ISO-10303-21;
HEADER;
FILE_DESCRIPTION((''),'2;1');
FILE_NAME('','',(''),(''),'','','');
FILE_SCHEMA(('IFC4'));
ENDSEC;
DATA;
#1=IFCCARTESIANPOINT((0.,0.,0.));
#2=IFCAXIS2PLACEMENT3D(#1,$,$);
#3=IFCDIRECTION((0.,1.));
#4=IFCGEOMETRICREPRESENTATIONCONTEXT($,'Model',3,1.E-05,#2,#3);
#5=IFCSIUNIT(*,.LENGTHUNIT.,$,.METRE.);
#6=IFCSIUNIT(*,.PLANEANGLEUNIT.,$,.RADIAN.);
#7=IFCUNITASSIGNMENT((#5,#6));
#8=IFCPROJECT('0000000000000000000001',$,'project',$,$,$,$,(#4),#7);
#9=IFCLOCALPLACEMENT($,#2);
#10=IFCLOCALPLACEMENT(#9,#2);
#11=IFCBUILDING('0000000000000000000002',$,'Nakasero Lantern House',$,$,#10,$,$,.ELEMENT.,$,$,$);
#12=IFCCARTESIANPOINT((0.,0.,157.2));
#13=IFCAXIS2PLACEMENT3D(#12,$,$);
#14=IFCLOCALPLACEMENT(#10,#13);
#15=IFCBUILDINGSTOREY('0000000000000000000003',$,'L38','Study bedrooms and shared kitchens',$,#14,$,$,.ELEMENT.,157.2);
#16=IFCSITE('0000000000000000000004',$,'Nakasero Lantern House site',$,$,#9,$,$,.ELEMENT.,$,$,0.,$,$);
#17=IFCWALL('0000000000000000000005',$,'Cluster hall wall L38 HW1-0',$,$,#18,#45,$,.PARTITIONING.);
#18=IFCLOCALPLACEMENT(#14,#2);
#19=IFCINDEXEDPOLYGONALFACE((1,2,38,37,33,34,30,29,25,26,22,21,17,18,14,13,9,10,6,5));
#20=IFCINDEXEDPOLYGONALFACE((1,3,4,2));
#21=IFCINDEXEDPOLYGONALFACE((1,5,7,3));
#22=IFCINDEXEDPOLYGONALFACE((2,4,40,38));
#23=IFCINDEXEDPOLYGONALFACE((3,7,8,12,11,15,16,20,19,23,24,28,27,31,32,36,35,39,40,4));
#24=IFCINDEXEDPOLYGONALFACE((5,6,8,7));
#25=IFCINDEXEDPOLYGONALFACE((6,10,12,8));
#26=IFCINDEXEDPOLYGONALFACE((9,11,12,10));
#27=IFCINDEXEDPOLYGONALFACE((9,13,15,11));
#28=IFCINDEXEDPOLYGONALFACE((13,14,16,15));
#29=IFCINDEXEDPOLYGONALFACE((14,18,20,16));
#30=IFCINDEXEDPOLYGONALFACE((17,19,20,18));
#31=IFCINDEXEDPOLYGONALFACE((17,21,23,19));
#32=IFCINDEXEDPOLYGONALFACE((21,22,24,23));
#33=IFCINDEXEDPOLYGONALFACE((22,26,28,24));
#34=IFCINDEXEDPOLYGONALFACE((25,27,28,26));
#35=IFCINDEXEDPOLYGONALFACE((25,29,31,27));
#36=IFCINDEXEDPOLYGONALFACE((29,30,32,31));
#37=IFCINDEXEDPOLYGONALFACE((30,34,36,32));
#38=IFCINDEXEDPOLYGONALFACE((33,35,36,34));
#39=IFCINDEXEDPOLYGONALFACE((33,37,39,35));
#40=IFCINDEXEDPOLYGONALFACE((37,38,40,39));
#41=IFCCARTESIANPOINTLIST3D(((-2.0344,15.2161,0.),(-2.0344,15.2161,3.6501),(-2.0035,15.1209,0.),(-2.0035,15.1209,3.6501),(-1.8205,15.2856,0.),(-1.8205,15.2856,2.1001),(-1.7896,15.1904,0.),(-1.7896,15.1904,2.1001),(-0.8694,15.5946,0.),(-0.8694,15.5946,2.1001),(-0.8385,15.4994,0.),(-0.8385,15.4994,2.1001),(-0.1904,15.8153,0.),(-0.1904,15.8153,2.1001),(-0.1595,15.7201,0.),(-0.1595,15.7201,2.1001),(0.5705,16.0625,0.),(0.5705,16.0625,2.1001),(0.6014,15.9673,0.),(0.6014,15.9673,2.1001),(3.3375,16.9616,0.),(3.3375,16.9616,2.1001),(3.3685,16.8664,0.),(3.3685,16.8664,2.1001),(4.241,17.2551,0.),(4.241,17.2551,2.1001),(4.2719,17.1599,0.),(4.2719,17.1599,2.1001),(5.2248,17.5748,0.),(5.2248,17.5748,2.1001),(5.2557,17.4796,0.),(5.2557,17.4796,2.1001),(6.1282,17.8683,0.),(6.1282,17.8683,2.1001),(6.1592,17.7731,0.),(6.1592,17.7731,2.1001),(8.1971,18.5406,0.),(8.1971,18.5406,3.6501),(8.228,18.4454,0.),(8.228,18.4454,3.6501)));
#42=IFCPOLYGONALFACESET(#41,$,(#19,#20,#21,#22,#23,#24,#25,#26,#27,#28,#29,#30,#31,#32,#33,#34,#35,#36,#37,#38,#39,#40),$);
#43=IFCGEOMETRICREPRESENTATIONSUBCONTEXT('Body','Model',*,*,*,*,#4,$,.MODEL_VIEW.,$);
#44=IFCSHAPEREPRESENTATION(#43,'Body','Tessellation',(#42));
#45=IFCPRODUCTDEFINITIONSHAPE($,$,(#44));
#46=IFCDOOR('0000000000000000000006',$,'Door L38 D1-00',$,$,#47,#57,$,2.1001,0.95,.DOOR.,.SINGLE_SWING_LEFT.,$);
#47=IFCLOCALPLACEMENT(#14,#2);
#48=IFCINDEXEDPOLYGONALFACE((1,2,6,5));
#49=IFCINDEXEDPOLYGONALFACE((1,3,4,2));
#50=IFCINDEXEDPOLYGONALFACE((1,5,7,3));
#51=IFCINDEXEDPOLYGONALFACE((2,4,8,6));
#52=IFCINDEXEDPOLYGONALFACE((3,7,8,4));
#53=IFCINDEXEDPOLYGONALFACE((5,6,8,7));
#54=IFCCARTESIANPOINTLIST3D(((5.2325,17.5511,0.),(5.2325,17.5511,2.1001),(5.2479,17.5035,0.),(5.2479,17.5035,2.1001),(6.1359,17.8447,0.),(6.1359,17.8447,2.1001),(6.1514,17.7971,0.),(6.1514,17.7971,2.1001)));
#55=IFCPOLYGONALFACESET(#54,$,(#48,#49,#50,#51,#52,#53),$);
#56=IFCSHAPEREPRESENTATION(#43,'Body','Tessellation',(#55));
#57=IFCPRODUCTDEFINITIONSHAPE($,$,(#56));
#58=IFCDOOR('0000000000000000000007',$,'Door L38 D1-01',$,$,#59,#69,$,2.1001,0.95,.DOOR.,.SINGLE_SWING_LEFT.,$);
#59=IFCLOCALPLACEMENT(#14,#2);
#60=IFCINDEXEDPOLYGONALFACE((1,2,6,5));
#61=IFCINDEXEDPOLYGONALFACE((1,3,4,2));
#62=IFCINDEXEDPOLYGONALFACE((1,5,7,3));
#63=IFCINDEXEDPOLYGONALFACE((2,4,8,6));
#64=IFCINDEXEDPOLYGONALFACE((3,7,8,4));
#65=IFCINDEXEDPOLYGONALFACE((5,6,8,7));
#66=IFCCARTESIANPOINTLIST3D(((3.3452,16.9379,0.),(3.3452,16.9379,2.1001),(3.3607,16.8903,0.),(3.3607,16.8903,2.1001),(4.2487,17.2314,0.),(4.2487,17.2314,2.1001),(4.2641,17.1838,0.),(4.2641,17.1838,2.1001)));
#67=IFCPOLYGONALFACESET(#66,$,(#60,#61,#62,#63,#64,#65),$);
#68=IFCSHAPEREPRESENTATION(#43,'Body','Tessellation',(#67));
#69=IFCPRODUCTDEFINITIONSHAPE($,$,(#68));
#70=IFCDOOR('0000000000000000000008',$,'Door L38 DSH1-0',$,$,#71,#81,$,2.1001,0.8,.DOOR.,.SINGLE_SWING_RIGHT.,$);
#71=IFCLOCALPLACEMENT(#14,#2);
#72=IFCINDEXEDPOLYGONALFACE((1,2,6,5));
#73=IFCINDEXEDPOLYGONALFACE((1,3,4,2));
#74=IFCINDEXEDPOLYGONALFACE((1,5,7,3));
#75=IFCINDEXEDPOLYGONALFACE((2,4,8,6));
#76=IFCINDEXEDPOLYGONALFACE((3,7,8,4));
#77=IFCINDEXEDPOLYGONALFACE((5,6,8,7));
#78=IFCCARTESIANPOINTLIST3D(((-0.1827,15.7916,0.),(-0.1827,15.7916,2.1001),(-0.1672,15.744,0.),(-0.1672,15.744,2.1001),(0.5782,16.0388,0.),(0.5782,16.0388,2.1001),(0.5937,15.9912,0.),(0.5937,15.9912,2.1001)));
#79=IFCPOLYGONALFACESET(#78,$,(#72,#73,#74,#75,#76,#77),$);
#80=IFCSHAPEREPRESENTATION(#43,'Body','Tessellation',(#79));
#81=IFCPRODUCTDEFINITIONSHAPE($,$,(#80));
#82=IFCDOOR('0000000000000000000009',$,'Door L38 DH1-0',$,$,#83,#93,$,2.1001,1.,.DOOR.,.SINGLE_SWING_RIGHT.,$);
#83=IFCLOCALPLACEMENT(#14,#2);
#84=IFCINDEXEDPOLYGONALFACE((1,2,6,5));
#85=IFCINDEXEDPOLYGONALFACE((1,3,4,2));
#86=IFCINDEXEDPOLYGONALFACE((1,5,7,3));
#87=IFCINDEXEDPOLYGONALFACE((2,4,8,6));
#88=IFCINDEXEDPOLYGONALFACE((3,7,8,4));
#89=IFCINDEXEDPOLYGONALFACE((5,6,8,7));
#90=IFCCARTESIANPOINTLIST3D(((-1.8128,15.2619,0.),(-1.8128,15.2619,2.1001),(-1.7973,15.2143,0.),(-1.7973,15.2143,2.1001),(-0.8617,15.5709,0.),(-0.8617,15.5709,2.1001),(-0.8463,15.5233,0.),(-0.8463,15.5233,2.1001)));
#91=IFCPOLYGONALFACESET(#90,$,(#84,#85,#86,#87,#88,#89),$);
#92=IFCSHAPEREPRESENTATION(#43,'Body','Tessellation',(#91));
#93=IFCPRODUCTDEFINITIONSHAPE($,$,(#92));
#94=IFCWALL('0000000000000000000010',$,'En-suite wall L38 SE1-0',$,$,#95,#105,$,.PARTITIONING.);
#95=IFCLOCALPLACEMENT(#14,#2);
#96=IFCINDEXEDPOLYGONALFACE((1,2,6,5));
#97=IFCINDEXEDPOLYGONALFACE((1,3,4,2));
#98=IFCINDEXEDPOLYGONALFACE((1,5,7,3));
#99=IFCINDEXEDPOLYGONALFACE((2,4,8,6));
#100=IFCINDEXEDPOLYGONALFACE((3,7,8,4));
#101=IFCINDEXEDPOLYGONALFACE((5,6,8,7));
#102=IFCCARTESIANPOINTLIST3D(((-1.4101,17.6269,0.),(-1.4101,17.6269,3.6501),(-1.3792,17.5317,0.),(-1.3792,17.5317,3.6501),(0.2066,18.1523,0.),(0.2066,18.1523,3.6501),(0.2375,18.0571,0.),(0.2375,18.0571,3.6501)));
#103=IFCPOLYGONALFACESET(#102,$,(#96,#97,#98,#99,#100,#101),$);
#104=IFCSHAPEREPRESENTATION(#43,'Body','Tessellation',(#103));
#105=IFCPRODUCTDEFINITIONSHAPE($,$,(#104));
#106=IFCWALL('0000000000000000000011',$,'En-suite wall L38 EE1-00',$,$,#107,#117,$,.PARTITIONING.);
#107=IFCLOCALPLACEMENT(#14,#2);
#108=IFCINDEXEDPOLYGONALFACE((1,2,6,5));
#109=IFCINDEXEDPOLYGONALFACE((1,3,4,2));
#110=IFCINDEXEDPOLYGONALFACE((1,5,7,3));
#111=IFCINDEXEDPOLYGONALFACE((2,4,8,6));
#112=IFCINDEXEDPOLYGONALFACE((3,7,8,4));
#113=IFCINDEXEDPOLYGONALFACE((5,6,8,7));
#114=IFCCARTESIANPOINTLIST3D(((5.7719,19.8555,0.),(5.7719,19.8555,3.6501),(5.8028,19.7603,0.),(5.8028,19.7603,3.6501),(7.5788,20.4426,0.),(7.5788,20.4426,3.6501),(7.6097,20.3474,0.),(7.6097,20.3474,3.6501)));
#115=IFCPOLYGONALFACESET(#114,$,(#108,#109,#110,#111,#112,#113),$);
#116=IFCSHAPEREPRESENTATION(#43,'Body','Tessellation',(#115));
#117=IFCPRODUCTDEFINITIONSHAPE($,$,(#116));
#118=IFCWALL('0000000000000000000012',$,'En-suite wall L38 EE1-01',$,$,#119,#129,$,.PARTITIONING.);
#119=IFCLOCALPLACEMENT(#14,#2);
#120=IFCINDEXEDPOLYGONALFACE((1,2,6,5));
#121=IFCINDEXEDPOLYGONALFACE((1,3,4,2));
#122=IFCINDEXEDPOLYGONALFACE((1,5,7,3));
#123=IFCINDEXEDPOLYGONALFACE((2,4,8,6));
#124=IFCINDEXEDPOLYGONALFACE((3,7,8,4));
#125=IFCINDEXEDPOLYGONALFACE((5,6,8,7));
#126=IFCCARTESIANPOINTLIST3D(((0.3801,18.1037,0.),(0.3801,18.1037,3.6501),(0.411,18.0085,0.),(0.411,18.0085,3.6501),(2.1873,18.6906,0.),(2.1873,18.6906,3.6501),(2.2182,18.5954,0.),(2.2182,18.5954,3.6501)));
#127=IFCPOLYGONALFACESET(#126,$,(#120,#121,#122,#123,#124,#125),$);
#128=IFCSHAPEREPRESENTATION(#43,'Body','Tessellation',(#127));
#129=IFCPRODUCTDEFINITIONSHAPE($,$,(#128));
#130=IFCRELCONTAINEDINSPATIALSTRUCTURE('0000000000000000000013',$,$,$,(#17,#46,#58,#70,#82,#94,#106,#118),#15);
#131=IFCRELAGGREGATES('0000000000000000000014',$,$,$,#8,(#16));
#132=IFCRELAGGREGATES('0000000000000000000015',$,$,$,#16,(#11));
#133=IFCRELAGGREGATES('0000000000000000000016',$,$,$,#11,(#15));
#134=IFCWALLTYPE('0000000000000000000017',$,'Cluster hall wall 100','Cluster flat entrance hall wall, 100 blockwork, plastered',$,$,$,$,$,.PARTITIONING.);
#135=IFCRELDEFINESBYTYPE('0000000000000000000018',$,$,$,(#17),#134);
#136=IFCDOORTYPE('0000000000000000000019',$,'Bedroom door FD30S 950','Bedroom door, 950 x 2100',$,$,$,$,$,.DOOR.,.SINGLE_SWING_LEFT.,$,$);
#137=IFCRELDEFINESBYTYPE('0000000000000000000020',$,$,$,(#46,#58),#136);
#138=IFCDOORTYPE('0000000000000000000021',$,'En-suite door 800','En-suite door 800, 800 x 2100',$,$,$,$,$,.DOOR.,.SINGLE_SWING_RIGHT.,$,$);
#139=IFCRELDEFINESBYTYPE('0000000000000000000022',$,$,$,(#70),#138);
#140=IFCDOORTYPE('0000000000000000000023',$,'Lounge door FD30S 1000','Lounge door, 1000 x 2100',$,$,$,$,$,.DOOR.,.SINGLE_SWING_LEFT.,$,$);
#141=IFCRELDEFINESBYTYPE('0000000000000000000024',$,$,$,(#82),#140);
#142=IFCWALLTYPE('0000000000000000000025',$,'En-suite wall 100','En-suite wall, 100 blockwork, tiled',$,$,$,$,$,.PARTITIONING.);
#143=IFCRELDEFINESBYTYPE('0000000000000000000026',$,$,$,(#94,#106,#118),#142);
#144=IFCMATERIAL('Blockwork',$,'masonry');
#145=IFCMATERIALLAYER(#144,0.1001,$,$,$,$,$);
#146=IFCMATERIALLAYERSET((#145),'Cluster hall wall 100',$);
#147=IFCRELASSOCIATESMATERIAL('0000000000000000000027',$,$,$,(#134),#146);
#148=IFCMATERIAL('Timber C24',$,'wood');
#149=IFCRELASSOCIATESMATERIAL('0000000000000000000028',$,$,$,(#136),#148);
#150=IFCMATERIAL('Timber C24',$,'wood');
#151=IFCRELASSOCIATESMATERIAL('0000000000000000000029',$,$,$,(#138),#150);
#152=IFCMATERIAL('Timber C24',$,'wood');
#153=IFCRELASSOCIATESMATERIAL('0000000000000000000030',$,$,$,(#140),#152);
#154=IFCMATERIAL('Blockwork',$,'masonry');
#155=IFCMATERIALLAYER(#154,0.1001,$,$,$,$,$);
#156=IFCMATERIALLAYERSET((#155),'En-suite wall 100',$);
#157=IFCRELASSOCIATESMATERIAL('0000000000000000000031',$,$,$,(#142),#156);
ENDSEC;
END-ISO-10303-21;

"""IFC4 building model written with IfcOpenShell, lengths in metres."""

from ifc_helpers import new_model, si_unit, direction, frame, frame_2d, origin, place, context, subcontext, project, spatial, rectangle, extrude, material, layer, layer_set, type_object, element, fill, save


model = new_model("IFC4")

# Units and contexts
model_context = context("Model", 3, precision=1e-05, world=origin(), true_north=direction((0.0, 1.0)))
body_context = subcontext(model_context, "Body", "Model", "MODEL_VIEW")
ifc_project = project(units=[si_unit("LENGTHUNIT", "METRE"), si_unit("PLANEANGLEUNIT", "RADIAN")], contexts=[model_context])

# Site, building, storey
site_placement = place(None, origin())
site = spatial("IfcSite", under=ifc_project, at=site_placement, Name="Nakasero Lantern House site", CompositionType="ELEMENT", RefElevation=0.0)
building_placement = place(site_placement, origin())
building = spatial("IfcBuilding", under=site, at=building_placement, Name="Nakasero Lantern House", CompositionType="ELEMENT")
storey_placement = place(building_placement, frame((0.0, 0.0, 157.2)))
storey = spatial("IfcBuildingStorey", under=building, at=storey_placement, Name="L38", Description="Study bedrooms and shared kitchens", CompositionType="ELEMENT", Elevation=157.2)

# Wall, openings, doors
ifc_material_1 = material(Name="Blockwork", Category="masonry")
ifc_layer_1 = layer(ifc_material_1, 0.1001)
ifc_layer_set_1 = layer_set([ifc_layer_1], Name="Cluster hall wall 100")
wall_type_1 = type_object("IfcWallType", Name="Cluster hall wall 100", Description="Cluster flat entrance hall wall, 100 blockwork, plastered", PredefinedType="PARTITIONING", material=ifc_layer_set_1)
wall_1_placement = place(storey_placement, frame((8.2124, 18.4929, 0.0), z_axis=(0.0, 0.0, 1.0), x_axis=(-0.951055, -0.309022, 0.0)))
wall_1 = element("IfcWall", 1, at=wall_1_placement, inside=storey, type_object=wall_type_1, Name="Cluster hall wall L38 HW1-0", PredefinedType="PARTITIONING", context=body_context, shape_type="SweptSolid", body=[
    extrude(rectangle(XDim=10.7581, YDim=0.1001, at=frame_2d((5.3789, 0.0))), origin(), (0.0, 0.0, 1.0), 3.6501),
])
opening_1_placement = place(wall_1_placement, frame((9.533, 0.0, 0.0)))
opening_1 = element("IfcOpeningElement", 2, at=opening_1_placement, cuts=wall_1, PredefinedType="OPENING", context=body_context, shape_type="SweptSolid", body=[
    extrude(rectangle(XDim=1.0, YDim=2.1001, at=frame_2d((0.5, 1.05))), frame((0.0, 0.0701, 0.0), z_axis=(0.0, -1.0, 0.0), x_axis=(1.0, 0.0, 0.0)), (0.0, 0.0, 1.0), 0.1401),
])
opening_2_placement = place(wall_1_placement, frame((8.019, 0.0, 0.0)))
opening_2 = element("IfcOpeningElement", 3, at=opening_2_placement, cuts=wall_1, PredefinedType="OPENING", context=body_context, shape_type="SweptSolid", body=[
    extrude(rectangle(XDim=0.8, YDim=2.1001, at=frame_2d((0.3999, 1.05))), frame((0.0, 0.0701, 0.0), z_axis=(0.0, -1.0, 0.0), x_axis=(1.0, 0.0, 0.0)), (0.0, 0.0, 1.0), 0.1401),
])
opening_3_placement = place(wall_1_placement, frame((2.175, 0.0, 0.0)))
opening_3 = element("IfcOpeningElement", 4, at=opening_3_placement, cuts=wall_1, PredefinedType="OPENING", context=body_context, shape_type="SweptSolid", body=[
    extrude(rectangle(XDim=0.95, YDim=2.1001, at=frame_2d((0.4751, 1.05))), frame((0.0, 0.0701, 0.0), z_axis=(0.0, -1.0, 0.0), x_axis=(1.0, 0.0, 0.0)), (0.0, 0.0, 1.0), 0.1401),
])
opening_4_placement = place(wall_1_placement, frame((4.1594, 0.0, 0.0)))
opening_4 = element("IfcOpeningElement", 5, at=opening_4_placement, cuts=wall_1, PredefinedType="OPENING", context=body_context, shape_type="SweptSolid", body=[
    extrude(rectangle(XDim=0.95, YDim=2.1001, at=frame_2d((0.4751, 1.05))), frame((0.0, 0.0701, 0.0), z_axis=(0.0, -1.0, 0.0), x_axis=(1.0, 0.0, 0.0)), (0.0, 0.0, 1.0), 0.1401),
])
ifc_material_2 = material(Name="Timber C24", Category="wood")
door_type_1 = type_object("IfcDoorType", Name="Bedroom door FD30S 950", Description="Bedroom door, 950 x 2100", OperationType="SINGLE_SWING_LEFT", PredefinedType="DOOR", material=ifc_material_2)
door_1_placement = place(opening_3_placement, origin())
door_1 = element("IfcDoor", 6, at=door_1_placement, inside=storey, type_object=door_type_1, Name="Door L38 D1-00", OperationType="SINGLE_SWING_LEFT", OverallHeight=2.1001, OverallWidth=0.95, PredefinedType="DOOR", context=body_context, shape_type="SweptSolid", body=[
    extrude(rectangle(XDim=0.95, YDim=2.1001, at=frame_2d((0.4751, 1.05))), frame((0.0, 0.0249, 0.0), z_axis=(0.0, -1.0, 0.0), x_axis=(1.0, 0.0, 0.0)), (0.0, 0.0, 1.0), 0.05),
])
fill(opening_3, door_1)
door_2_placement = place(opening_4_placement, origin())
door_2 = element("IfcDoor", 7, at=door_2_placement, inside=storey, type_object=door_type_1, Name="Door L38 D1-01", OperationType="SINGLE_SWING_LEFT", OverallHeight=2.1001, OverallWidth=0.95, PredefinedType="DOOR", context=body_context, shape_type="SweptSolid", body=[
    extrude(rectangle(XDim=0.95, YDim=2.1001, at=frame_2d((0.4751, 1.05))), frame((0.0, 0.0249, 0.0), z_axis=(0.0, -1.0, 0.0), x_axis=(1.0, 0.0, 0.0)), (0.0, 0.0, 1.0), 0.05),
])
fill(opening_4, door_2)
ifc_material_3 = material(Name="Timber C24", Category="wood")
door_type_2 = type_object("IfcDoorType", Name="En-suite door 800", Description="En-suite door 800, 800 x 2100", OperationType="SINGLE_SWING_RIGHT", PredefinedType="DOOR", material=ifc_material_3)
door_3_placement = place(opening_2_placement, origin())
door_3 = element("IfcDoor", 8, at=door_3_placement, inside=storey, type_object=door_type_2, Name="Door L38 DSH1-0", OperationType="SINGLE_SWING_RIGHT", OverallHeight=2.1001, OverallWidth=0.8, PredefinedType="DOOR", context=body_context, shape_type="SweptSolid", body=[
    extrude(rectangle(XDim=0.8, YDim=2.1001, at=frame_2d((0.3999, 1.05))), frame((0.0, 0.0249, 0.0), z_axis=(0.0, -1.0, 0.0), x_axis=(1.0, 0.0, 0.0)), (0.0, 0.0, 1.0), 0.05),
])
fill(opening_2, door_3)
ifc_material_4 = material(Name="Timber C24", Category="wood")
door_type_3 = type_object("IfcDoorType", Name="Lounge door FD30S 1000", Description="Lounge door, 1000 x 2100", OperationType="SINGLE_SWING_LEFT", PredefinedType="DOOR", material=ifc_material_4)
door_4_placement = place(opening_1_placement, origin())
door_4 = element("IfcDoor", 9, at=door_4_placement, inside=storey, type_object=door_type_3, Name="Door L38 DH1-0", OperationType="SINGLE_SWING_RIGHT", OverallHeight=2.1001, OverallWidth=1.0, PredefinedType="DOOR", context=body_context, shape_type="SweptSolid", body=[
    extrude(rectangle(XDim=1.0, YDim=2.1001, at=frame_2d((0.5, 1.05))), frame((0.0, 0.0249, 0.0), z_axis=(0.0, -1.0, 0.0), x_axis=(1.0, 0.0, 0.0)), (0.0, 0.0, 1.0), 0.05),
])
fill(opening_1, door_4)

# Walls
ifc_material_5 = material(Name="Blockwork", Category="masonry")
ifc_layer_2 = layer(ifc_material_5, 0.1001)
ifc_layer_set_2 = layer_set([ifc_layer_2], Name="En-suite wall 100")
wall_type_2 = type_object("IfcWallType", Name="En-suite wall 100", Description="En-suite wall, 100 blockwork, tiled", PredefinedType="PARTITIONING", material=ifc_layer_set_2)
wall_2_placement = place(storey_placement, frame((0.2222, 18.1047, 0.0), z_axis=(0.0, 0.0, 1.0), x_axis=(-0.95104, -0.309067, 0.0)))
element("IfcWall", 10, at=wall_2_placement, inside=storey, type_object=wall_type_2, Name="En-suite wall L38 SE1-0", PredefinedType="PARTITIONING", context=body_context, shape_type="SweptSolid", body=[
    extrude(rectangle(XDim=1.7, YDim=0.1001, at=frame_2d((0.8501, 0.0))), origin(), (0.0, 0.0, 1.0), 3.6501),
])
wall_3_placement = place(storey_placement, frame((7.5942, 20.395, 0.0), z_axis=(0.0, 0.0, 1.0), x_axis=(-0.951046, -0.309048, 0.0)))
element("IfcWall", 11, at=wall_3_placement, inside=storey, type_object=wall_type_2, Name="En-suite wall L38 EE1-00", PredefinedType="PARTITIONING", context=body_context, shape_type="SweptSolid", body=[
    extrude(rectangle(XDim=1.8999, YDim=0.1001, at=frame_2d((0.95, 0.0))), origin(), (0.0, 0.0, 1.0), 3.6501),
])
wall_4_placement = place(storey_placement, frame((2.2029, 18.6431, 0.0), z_axis=(0.0, 0.0, 1.0), x_axis=(-0.951096, -0.308894, 0.0)))
element("IfcWall", 12, at=wall_4_placement, inside=storey, type_object=wall_type_2, Name="En-suite wall L38 EE1-01", PredefinedType="PARTITIONING", context=body_context, shape_type="SweptSolid", body=[
    extrude(rectangle(XDim=1.9001, YDim=0.1001, at=frame_2d((0.9502, 0.0))), origin(), (0.0, 0.0, 1.0), 3.6501),
])

save(model, "model.ifc")
